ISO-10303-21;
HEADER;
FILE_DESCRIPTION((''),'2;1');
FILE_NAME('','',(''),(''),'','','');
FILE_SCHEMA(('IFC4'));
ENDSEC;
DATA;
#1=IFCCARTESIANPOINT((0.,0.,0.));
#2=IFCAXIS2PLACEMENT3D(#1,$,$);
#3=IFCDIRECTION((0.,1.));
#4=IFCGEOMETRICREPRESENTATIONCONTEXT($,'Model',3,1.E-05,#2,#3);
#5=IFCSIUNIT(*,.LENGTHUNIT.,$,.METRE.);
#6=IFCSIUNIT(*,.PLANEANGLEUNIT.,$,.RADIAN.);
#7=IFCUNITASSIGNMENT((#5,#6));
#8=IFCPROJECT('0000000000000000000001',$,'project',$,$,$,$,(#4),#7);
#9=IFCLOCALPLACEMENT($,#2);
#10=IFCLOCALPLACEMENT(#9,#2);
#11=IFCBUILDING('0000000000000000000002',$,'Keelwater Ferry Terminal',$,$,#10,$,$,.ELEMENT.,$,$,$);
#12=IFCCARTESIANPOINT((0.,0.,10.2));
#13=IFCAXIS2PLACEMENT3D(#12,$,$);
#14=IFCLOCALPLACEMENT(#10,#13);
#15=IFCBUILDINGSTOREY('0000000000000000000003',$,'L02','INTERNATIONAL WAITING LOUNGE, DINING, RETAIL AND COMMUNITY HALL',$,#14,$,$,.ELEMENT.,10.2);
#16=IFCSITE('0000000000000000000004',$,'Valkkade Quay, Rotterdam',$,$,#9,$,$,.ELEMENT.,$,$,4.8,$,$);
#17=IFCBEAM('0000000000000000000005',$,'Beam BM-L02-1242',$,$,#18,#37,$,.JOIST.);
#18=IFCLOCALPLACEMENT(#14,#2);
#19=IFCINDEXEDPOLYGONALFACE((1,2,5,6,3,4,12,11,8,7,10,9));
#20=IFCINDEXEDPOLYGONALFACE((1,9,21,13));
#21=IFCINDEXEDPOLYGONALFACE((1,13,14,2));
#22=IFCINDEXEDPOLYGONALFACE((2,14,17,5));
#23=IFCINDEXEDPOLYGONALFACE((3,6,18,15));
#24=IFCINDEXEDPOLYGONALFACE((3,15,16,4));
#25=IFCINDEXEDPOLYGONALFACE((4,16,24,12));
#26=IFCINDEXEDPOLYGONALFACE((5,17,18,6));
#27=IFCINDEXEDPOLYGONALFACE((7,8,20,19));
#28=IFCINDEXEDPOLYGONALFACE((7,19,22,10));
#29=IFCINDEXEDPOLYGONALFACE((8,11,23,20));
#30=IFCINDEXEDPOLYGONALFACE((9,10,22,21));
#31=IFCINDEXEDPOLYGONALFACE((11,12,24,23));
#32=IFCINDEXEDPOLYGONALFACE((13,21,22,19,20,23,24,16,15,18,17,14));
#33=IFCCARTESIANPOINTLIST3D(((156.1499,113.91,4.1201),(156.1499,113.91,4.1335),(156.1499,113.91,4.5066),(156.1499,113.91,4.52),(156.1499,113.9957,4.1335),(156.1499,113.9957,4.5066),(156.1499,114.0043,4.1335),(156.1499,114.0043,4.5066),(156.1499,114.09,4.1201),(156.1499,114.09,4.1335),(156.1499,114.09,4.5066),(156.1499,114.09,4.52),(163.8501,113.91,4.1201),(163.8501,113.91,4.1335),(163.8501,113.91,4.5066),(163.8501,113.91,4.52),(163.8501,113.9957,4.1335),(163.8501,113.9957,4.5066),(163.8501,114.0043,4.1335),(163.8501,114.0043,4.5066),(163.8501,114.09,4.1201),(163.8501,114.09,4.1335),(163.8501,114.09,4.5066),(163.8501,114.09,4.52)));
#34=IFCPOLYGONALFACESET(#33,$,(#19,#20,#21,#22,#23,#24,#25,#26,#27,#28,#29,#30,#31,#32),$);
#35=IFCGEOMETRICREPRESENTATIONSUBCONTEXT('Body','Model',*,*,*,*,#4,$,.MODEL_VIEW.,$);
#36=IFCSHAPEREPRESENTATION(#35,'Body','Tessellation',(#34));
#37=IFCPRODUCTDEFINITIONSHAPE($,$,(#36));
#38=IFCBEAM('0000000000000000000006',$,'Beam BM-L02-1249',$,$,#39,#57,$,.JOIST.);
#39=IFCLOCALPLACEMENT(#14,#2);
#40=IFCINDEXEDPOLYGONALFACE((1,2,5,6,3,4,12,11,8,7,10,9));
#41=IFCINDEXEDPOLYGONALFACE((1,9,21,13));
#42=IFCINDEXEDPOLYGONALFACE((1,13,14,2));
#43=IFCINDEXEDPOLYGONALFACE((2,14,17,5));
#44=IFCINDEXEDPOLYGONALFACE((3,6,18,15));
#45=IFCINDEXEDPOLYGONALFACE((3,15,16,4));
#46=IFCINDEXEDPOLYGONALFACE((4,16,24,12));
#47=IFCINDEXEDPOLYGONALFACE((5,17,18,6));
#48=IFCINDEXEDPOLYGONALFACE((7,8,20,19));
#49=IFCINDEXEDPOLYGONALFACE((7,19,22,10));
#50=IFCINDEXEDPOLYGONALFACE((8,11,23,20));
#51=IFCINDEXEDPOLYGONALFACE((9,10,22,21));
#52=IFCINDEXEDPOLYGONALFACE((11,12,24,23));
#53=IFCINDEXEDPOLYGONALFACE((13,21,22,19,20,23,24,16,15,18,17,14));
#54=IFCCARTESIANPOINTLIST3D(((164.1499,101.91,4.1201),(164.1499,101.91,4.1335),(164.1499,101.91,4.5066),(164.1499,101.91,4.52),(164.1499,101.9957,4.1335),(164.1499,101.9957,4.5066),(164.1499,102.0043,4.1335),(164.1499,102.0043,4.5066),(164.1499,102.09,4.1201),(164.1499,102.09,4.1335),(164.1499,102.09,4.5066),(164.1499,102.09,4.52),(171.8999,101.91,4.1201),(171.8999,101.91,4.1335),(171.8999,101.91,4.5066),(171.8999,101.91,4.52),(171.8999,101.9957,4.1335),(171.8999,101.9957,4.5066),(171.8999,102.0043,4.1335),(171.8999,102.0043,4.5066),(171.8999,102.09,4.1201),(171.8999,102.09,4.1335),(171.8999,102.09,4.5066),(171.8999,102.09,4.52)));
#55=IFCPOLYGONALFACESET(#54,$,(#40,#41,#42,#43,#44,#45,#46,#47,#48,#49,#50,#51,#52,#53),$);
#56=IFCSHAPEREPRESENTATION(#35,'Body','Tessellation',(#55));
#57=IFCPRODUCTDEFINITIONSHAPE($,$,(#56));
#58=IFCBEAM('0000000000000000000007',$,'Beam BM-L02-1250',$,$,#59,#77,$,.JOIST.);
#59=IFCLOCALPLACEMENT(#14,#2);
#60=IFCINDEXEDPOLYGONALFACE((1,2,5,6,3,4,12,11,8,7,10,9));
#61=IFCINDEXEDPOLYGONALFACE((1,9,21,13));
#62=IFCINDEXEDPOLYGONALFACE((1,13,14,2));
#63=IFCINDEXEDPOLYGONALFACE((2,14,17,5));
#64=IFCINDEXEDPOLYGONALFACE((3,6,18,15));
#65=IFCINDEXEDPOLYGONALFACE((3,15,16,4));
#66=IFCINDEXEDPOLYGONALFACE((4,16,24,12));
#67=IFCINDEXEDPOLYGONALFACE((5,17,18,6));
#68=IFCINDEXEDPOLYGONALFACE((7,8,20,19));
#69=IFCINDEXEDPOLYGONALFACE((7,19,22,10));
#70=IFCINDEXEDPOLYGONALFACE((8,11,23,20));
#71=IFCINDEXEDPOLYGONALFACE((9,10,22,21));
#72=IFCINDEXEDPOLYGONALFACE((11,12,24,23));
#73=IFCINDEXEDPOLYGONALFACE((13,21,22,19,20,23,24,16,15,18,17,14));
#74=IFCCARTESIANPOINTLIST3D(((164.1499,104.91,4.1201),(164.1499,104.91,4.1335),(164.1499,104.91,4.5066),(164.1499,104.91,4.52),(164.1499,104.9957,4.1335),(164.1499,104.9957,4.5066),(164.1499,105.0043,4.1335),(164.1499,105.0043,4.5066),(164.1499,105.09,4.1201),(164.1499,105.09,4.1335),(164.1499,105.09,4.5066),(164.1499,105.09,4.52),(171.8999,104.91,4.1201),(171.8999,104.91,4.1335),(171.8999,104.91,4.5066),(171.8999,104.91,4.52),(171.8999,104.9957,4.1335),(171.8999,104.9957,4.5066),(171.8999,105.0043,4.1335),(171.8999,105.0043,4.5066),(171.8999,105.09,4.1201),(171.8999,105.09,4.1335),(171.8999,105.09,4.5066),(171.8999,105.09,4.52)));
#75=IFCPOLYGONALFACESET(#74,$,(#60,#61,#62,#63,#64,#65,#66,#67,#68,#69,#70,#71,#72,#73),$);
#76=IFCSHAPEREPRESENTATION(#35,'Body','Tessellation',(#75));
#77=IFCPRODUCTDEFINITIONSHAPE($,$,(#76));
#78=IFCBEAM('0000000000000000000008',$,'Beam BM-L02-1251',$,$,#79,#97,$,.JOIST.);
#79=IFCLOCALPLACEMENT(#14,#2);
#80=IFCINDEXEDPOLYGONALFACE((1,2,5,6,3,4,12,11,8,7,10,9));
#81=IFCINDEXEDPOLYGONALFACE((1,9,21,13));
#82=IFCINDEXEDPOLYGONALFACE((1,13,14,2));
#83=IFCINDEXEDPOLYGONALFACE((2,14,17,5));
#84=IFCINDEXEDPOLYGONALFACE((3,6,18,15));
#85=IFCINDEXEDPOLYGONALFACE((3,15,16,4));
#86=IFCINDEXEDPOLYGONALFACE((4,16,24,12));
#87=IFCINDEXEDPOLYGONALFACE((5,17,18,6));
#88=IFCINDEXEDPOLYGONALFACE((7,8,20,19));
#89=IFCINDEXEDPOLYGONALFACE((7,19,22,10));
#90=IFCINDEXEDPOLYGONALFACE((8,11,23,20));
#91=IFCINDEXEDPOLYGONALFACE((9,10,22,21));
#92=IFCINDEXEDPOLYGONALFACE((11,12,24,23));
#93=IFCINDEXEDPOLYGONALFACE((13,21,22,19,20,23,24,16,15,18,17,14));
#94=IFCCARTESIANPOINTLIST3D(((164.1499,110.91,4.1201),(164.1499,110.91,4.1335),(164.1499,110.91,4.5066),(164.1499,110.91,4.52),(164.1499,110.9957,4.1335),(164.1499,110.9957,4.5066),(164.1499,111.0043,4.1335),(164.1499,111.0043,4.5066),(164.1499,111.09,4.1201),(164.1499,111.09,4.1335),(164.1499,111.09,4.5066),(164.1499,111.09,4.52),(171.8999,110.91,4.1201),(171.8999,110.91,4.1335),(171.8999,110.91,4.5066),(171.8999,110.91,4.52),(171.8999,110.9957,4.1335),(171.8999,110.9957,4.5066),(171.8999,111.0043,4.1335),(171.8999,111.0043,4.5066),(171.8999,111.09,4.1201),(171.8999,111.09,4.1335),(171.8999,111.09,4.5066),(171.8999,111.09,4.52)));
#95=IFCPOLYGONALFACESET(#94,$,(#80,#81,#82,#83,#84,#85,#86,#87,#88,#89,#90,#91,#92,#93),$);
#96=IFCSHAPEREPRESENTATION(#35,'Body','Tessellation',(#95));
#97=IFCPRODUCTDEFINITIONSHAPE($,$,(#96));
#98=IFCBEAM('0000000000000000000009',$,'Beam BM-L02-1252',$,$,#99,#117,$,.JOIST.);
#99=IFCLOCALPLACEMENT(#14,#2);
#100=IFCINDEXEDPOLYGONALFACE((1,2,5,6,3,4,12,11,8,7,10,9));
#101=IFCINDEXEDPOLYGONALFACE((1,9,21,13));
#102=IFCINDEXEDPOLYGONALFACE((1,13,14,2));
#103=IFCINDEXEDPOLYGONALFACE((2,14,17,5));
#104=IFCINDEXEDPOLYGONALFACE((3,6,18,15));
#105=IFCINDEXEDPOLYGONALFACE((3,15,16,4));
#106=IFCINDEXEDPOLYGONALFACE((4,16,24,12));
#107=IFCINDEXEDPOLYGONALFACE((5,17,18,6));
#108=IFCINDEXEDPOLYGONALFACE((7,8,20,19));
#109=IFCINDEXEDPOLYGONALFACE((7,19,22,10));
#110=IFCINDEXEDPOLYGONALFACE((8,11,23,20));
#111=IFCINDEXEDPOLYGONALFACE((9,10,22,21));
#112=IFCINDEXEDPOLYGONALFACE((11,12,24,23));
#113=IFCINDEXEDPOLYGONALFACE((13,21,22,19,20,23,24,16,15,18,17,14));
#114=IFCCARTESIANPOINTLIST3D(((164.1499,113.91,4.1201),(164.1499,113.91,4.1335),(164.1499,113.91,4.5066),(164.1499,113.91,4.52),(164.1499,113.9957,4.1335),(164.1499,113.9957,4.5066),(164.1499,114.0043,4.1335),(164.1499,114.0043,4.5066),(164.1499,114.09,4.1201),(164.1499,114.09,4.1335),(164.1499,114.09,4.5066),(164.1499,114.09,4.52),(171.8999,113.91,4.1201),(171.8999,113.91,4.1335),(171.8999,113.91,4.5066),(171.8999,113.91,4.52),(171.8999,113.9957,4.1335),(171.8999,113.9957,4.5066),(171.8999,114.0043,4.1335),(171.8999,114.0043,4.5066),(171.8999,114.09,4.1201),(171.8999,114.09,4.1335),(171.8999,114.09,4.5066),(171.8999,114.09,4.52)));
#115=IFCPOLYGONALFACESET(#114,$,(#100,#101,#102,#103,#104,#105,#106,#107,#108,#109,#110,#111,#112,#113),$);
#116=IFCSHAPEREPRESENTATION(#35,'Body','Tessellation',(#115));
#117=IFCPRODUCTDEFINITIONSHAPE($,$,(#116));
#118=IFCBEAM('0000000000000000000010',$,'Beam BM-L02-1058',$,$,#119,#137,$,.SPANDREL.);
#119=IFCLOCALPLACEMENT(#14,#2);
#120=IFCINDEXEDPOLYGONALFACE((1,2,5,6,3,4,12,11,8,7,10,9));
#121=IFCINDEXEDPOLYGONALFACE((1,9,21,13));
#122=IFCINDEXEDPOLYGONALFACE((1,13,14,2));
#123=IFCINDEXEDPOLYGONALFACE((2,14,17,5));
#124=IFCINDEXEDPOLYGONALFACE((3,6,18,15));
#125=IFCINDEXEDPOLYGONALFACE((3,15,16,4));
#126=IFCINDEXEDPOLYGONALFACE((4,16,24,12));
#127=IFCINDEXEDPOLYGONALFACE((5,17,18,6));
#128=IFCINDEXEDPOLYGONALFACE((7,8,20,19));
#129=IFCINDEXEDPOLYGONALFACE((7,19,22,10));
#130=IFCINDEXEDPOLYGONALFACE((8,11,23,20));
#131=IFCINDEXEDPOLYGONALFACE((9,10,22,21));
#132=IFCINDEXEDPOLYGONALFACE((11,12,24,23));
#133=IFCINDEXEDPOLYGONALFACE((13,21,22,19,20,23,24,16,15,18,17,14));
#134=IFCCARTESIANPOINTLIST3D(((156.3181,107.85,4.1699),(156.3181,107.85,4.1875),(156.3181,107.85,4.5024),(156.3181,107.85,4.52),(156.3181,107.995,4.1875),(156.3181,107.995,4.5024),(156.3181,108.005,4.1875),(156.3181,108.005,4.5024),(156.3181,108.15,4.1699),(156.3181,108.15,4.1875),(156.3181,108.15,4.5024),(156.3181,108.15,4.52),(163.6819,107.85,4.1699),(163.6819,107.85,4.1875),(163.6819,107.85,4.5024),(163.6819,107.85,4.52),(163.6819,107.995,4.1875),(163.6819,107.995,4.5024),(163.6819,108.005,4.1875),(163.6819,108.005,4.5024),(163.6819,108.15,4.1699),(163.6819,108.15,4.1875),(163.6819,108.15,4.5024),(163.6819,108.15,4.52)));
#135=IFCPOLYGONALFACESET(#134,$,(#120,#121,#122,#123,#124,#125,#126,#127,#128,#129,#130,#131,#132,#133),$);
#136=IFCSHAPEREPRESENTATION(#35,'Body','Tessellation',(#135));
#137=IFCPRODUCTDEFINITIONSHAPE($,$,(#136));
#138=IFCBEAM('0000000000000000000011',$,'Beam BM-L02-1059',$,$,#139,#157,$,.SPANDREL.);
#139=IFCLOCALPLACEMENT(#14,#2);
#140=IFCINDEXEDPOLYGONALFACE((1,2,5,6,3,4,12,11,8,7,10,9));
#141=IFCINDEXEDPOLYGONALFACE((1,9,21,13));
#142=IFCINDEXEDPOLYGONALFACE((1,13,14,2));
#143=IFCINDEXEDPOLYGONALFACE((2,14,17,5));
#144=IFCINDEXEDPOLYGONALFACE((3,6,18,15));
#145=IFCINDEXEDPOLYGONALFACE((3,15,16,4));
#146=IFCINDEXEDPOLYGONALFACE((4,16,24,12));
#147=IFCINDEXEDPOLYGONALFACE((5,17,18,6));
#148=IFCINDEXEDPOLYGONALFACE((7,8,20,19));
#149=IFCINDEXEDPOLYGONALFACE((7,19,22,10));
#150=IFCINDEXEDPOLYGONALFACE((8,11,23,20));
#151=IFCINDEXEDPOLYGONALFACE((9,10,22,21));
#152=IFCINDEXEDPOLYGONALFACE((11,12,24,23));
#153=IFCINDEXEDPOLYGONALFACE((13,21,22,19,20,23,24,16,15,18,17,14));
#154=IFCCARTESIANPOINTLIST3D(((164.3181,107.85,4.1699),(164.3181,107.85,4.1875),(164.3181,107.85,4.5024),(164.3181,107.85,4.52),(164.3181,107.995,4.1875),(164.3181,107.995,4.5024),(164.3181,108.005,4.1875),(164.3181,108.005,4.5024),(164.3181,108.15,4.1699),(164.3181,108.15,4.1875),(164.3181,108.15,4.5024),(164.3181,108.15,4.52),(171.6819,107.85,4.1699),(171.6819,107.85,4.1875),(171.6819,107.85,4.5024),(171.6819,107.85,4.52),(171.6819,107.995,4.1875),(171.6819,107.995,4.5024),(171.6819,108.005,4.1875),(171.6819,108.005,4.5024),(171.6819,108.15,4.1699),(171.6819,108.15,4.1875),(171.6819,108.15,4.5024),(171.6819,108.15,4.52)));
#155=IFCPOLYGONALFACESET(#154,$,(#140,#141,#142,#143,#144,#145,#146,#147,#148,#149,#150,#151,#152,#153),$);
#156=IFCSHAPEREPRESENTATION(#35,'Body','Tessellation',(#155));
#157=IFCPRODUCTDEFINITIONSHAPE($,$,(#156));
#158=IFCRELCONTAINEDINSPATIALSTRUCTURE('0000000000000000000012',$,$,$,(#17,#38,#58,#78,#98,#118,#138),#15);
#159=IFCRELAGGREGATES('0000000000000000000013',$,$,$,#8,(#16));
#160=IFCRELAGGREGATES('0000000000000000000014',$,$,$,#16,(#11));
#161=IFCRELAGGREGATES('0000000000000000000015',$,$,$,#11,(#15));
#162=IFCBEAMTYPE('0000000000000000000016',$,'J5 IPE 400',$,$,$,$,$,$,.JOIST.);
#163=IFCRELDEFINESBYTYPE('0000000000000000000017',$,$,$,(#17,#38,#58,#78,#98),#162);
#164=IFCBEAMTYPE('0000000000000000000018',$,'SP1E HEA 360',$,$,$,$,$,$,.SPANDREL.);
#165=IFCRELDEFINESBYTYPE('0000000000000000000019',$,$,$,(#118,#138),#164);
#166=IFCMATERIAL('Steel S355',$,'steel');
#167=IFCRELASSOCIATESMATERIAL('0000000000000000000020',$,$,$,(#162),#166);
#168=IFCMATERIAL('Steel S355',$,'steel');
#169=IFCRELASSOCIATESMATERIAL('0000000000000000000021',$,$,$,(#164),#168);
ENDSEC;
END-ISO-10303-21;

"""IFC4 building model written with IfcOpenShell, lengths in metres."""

from ifc_helpers import new_model, si_unit, direction, frame, origin, origin_2d, place, context, subcontext, project, spatial, i_section, extrude, material, material_profile, profile_set, type_object, element, save


model = new_model("IFC4")

# Units and contexts
model_context = context("Model", 3, precision=1e-05, world=origin(), true_north=direction((0.0, 1.0)))
body_context = subcontext(model_context, "Body", "Model", "MODEL_VIEW")
ifc_project = project(units=[si_unit("LENGTHUNIT", "METRE"), si_unit("PLANEANGLEUNIT", "RADIAN")], contexts=[model_context])

# Site, building, storey
site_placement = place(None, origin())
site = spatial("IfcSite", under=ifc_project, at=site_placement, Name="Valkkade Quay, Rotterdam", CompositionType="ELEMENT", RefElevation=4.8)
building_placement = place(site_placement, origin())
building = spatial("IfcBuilding", under=site, at=building_placement, Name="Keelwater Ferry Terminal", CompositionType="ELEMENT")
storey_placement = place(building_placement, frame((0.0, 0.0, 10.2)))
storey = spatial("IfcBuildingStorey", under=building, at=storey_placement, Name="L02", Description="INTERNATIONAL WAITING LOUNGE, DINING, RETAIL AND COMMUNITY HALL", CompositionType="ELEMENT", Elevation=10.2)

# Beams
ifc_material_1 = material(Name="Steel S355", Category="steel")
ifc_material_profile_1 = material_profile(ifc_material_1, i_section(OverallWidth=0.1799, OverallDepth=0.3999, WebThickness=0.0085, FlangeThickness=0.0134, at=origin_2d()), Name="IPE 400")
ifc_profile_set_1 = profile_set([ifc_material_profile_1], Name="Steel S355")
beam_type_1 = type_object("IfcBeamType", Name="J5 IPE 400", PredefinedType="JOIST", material=ifc_profile_set_1)
for number, where, z_axis, x_axis, name in (
    (1, (156.1499, 114.0, 4.3201), (1.0, 0.0, 0.0), (0.0, 1.0, 0.0), "Beam BM-L02-1242"),
):
    element("IfcBeam", number, at=place(storey_placement, frame(where, z_axis=z_axis, x_axis=x_axis)), inside=storey, type_object=beam_type_1, Name=name, PredefinedType="JOIST", context=body_context, shape_type="SweptSolid", body=[
        extrude(i_section(OverallWidth=0.1799, OverallDepth=0.3999, WebThickness=0.0085, FlangeThickness=0.0134, at=origin_2d()), origin(), (0.0, 0.0, 1.0), 7.7002),
    ])
for number, where, z_axis, x_axis, name in (
    (2, (164.1499, 102.0, 4.3201), (1.0, 0.0, 0.0), (0.0, 1.0, 0.0), "Beam BM-L02-1249"),
    (3, (164.1499, 105.0, 4.3201), (1.0, 0.0, 0.0), (0.0, 1.0, 0.0), "Beam BM-L02-1250"),
    (4, (164.1499, 111.0, 4.3201), (1.0, 0.0, 0.0), (0.0, 1.0, 0.0), "Beam BM-L02-1251"),
    (5, (164.1499, 114.0, 4.3201), (1.0, 0.0, 0.0), (0.0, 1.0, 0.0), "Beam BM-L02-1252"),
):
    element("IfcBeam", number, at=place(storey_placement, frame(where, z_axis=z_axis, x_axis=x_axis)), inside=storey, type_object=beam_type_1, Name=name, PredefinedType="JOIST", context=body_context, shape_type="SweptSolid", body=[
        extrude(i_section(OverallWidth=0.1799, OverallDepth=0.3999, WebThickness=0.0085, FlangeThickness=0.0134, at=origin_2d()), origin(), (0.0, 0.0, 1.0), 7.75),
    ])
ifc_material_2 = material(Name="Steel S355", Category="steel")
ifc_material_profile_2 = material_profile(ifc_material_2, i_section(OverallWidth=0.3, OverallDepth=0.3501, WebThickness=0.01, FlangeThickness=0.0176, at=origin_2d()), Name="HEA 360")
ifc_profile_set_2 = profile_set([ifc_material_profile_2], Name="Steel S355")
beam_type_2 = type_object("IfcBeamType", Name="SP1E HEA 360", PredefinedType="SPANDREL", material=ifc_profile_set_2)
for number, where, z_axis, x_axis, name in (
    (6, (156.3181, 108.0, 4.345), (1.0, 0.0, 0.0), (0.0, 1.0, 0.0), "Beam BM-L02-1058"),
    (7, (164.3181, 108.0, 4.345), (1.0, 0.0, 0.0), (0.0, 1.0, 0.0), "Beam BM-L02-1059"),
):
    element("IfcBeam", number, at=place(storey_placement, frame(where, z_axis=z_axis, x_axis=x_axis)), inside=storey, type_object=beam_type_2, Name=name, PredefinedType="SPANDREL", context=body_context, shape_type="SweptSolid", body=[
        extrude(i_section(OverallWidth=0.3, OverallDepth=0.3501, WebThickness=0.01, FlangeThickness=0.0176, at=origin_2d()), origin(), (0.0, 0.0, 1.0), 7.3638),
    ])

save(model, "model.ifc")
